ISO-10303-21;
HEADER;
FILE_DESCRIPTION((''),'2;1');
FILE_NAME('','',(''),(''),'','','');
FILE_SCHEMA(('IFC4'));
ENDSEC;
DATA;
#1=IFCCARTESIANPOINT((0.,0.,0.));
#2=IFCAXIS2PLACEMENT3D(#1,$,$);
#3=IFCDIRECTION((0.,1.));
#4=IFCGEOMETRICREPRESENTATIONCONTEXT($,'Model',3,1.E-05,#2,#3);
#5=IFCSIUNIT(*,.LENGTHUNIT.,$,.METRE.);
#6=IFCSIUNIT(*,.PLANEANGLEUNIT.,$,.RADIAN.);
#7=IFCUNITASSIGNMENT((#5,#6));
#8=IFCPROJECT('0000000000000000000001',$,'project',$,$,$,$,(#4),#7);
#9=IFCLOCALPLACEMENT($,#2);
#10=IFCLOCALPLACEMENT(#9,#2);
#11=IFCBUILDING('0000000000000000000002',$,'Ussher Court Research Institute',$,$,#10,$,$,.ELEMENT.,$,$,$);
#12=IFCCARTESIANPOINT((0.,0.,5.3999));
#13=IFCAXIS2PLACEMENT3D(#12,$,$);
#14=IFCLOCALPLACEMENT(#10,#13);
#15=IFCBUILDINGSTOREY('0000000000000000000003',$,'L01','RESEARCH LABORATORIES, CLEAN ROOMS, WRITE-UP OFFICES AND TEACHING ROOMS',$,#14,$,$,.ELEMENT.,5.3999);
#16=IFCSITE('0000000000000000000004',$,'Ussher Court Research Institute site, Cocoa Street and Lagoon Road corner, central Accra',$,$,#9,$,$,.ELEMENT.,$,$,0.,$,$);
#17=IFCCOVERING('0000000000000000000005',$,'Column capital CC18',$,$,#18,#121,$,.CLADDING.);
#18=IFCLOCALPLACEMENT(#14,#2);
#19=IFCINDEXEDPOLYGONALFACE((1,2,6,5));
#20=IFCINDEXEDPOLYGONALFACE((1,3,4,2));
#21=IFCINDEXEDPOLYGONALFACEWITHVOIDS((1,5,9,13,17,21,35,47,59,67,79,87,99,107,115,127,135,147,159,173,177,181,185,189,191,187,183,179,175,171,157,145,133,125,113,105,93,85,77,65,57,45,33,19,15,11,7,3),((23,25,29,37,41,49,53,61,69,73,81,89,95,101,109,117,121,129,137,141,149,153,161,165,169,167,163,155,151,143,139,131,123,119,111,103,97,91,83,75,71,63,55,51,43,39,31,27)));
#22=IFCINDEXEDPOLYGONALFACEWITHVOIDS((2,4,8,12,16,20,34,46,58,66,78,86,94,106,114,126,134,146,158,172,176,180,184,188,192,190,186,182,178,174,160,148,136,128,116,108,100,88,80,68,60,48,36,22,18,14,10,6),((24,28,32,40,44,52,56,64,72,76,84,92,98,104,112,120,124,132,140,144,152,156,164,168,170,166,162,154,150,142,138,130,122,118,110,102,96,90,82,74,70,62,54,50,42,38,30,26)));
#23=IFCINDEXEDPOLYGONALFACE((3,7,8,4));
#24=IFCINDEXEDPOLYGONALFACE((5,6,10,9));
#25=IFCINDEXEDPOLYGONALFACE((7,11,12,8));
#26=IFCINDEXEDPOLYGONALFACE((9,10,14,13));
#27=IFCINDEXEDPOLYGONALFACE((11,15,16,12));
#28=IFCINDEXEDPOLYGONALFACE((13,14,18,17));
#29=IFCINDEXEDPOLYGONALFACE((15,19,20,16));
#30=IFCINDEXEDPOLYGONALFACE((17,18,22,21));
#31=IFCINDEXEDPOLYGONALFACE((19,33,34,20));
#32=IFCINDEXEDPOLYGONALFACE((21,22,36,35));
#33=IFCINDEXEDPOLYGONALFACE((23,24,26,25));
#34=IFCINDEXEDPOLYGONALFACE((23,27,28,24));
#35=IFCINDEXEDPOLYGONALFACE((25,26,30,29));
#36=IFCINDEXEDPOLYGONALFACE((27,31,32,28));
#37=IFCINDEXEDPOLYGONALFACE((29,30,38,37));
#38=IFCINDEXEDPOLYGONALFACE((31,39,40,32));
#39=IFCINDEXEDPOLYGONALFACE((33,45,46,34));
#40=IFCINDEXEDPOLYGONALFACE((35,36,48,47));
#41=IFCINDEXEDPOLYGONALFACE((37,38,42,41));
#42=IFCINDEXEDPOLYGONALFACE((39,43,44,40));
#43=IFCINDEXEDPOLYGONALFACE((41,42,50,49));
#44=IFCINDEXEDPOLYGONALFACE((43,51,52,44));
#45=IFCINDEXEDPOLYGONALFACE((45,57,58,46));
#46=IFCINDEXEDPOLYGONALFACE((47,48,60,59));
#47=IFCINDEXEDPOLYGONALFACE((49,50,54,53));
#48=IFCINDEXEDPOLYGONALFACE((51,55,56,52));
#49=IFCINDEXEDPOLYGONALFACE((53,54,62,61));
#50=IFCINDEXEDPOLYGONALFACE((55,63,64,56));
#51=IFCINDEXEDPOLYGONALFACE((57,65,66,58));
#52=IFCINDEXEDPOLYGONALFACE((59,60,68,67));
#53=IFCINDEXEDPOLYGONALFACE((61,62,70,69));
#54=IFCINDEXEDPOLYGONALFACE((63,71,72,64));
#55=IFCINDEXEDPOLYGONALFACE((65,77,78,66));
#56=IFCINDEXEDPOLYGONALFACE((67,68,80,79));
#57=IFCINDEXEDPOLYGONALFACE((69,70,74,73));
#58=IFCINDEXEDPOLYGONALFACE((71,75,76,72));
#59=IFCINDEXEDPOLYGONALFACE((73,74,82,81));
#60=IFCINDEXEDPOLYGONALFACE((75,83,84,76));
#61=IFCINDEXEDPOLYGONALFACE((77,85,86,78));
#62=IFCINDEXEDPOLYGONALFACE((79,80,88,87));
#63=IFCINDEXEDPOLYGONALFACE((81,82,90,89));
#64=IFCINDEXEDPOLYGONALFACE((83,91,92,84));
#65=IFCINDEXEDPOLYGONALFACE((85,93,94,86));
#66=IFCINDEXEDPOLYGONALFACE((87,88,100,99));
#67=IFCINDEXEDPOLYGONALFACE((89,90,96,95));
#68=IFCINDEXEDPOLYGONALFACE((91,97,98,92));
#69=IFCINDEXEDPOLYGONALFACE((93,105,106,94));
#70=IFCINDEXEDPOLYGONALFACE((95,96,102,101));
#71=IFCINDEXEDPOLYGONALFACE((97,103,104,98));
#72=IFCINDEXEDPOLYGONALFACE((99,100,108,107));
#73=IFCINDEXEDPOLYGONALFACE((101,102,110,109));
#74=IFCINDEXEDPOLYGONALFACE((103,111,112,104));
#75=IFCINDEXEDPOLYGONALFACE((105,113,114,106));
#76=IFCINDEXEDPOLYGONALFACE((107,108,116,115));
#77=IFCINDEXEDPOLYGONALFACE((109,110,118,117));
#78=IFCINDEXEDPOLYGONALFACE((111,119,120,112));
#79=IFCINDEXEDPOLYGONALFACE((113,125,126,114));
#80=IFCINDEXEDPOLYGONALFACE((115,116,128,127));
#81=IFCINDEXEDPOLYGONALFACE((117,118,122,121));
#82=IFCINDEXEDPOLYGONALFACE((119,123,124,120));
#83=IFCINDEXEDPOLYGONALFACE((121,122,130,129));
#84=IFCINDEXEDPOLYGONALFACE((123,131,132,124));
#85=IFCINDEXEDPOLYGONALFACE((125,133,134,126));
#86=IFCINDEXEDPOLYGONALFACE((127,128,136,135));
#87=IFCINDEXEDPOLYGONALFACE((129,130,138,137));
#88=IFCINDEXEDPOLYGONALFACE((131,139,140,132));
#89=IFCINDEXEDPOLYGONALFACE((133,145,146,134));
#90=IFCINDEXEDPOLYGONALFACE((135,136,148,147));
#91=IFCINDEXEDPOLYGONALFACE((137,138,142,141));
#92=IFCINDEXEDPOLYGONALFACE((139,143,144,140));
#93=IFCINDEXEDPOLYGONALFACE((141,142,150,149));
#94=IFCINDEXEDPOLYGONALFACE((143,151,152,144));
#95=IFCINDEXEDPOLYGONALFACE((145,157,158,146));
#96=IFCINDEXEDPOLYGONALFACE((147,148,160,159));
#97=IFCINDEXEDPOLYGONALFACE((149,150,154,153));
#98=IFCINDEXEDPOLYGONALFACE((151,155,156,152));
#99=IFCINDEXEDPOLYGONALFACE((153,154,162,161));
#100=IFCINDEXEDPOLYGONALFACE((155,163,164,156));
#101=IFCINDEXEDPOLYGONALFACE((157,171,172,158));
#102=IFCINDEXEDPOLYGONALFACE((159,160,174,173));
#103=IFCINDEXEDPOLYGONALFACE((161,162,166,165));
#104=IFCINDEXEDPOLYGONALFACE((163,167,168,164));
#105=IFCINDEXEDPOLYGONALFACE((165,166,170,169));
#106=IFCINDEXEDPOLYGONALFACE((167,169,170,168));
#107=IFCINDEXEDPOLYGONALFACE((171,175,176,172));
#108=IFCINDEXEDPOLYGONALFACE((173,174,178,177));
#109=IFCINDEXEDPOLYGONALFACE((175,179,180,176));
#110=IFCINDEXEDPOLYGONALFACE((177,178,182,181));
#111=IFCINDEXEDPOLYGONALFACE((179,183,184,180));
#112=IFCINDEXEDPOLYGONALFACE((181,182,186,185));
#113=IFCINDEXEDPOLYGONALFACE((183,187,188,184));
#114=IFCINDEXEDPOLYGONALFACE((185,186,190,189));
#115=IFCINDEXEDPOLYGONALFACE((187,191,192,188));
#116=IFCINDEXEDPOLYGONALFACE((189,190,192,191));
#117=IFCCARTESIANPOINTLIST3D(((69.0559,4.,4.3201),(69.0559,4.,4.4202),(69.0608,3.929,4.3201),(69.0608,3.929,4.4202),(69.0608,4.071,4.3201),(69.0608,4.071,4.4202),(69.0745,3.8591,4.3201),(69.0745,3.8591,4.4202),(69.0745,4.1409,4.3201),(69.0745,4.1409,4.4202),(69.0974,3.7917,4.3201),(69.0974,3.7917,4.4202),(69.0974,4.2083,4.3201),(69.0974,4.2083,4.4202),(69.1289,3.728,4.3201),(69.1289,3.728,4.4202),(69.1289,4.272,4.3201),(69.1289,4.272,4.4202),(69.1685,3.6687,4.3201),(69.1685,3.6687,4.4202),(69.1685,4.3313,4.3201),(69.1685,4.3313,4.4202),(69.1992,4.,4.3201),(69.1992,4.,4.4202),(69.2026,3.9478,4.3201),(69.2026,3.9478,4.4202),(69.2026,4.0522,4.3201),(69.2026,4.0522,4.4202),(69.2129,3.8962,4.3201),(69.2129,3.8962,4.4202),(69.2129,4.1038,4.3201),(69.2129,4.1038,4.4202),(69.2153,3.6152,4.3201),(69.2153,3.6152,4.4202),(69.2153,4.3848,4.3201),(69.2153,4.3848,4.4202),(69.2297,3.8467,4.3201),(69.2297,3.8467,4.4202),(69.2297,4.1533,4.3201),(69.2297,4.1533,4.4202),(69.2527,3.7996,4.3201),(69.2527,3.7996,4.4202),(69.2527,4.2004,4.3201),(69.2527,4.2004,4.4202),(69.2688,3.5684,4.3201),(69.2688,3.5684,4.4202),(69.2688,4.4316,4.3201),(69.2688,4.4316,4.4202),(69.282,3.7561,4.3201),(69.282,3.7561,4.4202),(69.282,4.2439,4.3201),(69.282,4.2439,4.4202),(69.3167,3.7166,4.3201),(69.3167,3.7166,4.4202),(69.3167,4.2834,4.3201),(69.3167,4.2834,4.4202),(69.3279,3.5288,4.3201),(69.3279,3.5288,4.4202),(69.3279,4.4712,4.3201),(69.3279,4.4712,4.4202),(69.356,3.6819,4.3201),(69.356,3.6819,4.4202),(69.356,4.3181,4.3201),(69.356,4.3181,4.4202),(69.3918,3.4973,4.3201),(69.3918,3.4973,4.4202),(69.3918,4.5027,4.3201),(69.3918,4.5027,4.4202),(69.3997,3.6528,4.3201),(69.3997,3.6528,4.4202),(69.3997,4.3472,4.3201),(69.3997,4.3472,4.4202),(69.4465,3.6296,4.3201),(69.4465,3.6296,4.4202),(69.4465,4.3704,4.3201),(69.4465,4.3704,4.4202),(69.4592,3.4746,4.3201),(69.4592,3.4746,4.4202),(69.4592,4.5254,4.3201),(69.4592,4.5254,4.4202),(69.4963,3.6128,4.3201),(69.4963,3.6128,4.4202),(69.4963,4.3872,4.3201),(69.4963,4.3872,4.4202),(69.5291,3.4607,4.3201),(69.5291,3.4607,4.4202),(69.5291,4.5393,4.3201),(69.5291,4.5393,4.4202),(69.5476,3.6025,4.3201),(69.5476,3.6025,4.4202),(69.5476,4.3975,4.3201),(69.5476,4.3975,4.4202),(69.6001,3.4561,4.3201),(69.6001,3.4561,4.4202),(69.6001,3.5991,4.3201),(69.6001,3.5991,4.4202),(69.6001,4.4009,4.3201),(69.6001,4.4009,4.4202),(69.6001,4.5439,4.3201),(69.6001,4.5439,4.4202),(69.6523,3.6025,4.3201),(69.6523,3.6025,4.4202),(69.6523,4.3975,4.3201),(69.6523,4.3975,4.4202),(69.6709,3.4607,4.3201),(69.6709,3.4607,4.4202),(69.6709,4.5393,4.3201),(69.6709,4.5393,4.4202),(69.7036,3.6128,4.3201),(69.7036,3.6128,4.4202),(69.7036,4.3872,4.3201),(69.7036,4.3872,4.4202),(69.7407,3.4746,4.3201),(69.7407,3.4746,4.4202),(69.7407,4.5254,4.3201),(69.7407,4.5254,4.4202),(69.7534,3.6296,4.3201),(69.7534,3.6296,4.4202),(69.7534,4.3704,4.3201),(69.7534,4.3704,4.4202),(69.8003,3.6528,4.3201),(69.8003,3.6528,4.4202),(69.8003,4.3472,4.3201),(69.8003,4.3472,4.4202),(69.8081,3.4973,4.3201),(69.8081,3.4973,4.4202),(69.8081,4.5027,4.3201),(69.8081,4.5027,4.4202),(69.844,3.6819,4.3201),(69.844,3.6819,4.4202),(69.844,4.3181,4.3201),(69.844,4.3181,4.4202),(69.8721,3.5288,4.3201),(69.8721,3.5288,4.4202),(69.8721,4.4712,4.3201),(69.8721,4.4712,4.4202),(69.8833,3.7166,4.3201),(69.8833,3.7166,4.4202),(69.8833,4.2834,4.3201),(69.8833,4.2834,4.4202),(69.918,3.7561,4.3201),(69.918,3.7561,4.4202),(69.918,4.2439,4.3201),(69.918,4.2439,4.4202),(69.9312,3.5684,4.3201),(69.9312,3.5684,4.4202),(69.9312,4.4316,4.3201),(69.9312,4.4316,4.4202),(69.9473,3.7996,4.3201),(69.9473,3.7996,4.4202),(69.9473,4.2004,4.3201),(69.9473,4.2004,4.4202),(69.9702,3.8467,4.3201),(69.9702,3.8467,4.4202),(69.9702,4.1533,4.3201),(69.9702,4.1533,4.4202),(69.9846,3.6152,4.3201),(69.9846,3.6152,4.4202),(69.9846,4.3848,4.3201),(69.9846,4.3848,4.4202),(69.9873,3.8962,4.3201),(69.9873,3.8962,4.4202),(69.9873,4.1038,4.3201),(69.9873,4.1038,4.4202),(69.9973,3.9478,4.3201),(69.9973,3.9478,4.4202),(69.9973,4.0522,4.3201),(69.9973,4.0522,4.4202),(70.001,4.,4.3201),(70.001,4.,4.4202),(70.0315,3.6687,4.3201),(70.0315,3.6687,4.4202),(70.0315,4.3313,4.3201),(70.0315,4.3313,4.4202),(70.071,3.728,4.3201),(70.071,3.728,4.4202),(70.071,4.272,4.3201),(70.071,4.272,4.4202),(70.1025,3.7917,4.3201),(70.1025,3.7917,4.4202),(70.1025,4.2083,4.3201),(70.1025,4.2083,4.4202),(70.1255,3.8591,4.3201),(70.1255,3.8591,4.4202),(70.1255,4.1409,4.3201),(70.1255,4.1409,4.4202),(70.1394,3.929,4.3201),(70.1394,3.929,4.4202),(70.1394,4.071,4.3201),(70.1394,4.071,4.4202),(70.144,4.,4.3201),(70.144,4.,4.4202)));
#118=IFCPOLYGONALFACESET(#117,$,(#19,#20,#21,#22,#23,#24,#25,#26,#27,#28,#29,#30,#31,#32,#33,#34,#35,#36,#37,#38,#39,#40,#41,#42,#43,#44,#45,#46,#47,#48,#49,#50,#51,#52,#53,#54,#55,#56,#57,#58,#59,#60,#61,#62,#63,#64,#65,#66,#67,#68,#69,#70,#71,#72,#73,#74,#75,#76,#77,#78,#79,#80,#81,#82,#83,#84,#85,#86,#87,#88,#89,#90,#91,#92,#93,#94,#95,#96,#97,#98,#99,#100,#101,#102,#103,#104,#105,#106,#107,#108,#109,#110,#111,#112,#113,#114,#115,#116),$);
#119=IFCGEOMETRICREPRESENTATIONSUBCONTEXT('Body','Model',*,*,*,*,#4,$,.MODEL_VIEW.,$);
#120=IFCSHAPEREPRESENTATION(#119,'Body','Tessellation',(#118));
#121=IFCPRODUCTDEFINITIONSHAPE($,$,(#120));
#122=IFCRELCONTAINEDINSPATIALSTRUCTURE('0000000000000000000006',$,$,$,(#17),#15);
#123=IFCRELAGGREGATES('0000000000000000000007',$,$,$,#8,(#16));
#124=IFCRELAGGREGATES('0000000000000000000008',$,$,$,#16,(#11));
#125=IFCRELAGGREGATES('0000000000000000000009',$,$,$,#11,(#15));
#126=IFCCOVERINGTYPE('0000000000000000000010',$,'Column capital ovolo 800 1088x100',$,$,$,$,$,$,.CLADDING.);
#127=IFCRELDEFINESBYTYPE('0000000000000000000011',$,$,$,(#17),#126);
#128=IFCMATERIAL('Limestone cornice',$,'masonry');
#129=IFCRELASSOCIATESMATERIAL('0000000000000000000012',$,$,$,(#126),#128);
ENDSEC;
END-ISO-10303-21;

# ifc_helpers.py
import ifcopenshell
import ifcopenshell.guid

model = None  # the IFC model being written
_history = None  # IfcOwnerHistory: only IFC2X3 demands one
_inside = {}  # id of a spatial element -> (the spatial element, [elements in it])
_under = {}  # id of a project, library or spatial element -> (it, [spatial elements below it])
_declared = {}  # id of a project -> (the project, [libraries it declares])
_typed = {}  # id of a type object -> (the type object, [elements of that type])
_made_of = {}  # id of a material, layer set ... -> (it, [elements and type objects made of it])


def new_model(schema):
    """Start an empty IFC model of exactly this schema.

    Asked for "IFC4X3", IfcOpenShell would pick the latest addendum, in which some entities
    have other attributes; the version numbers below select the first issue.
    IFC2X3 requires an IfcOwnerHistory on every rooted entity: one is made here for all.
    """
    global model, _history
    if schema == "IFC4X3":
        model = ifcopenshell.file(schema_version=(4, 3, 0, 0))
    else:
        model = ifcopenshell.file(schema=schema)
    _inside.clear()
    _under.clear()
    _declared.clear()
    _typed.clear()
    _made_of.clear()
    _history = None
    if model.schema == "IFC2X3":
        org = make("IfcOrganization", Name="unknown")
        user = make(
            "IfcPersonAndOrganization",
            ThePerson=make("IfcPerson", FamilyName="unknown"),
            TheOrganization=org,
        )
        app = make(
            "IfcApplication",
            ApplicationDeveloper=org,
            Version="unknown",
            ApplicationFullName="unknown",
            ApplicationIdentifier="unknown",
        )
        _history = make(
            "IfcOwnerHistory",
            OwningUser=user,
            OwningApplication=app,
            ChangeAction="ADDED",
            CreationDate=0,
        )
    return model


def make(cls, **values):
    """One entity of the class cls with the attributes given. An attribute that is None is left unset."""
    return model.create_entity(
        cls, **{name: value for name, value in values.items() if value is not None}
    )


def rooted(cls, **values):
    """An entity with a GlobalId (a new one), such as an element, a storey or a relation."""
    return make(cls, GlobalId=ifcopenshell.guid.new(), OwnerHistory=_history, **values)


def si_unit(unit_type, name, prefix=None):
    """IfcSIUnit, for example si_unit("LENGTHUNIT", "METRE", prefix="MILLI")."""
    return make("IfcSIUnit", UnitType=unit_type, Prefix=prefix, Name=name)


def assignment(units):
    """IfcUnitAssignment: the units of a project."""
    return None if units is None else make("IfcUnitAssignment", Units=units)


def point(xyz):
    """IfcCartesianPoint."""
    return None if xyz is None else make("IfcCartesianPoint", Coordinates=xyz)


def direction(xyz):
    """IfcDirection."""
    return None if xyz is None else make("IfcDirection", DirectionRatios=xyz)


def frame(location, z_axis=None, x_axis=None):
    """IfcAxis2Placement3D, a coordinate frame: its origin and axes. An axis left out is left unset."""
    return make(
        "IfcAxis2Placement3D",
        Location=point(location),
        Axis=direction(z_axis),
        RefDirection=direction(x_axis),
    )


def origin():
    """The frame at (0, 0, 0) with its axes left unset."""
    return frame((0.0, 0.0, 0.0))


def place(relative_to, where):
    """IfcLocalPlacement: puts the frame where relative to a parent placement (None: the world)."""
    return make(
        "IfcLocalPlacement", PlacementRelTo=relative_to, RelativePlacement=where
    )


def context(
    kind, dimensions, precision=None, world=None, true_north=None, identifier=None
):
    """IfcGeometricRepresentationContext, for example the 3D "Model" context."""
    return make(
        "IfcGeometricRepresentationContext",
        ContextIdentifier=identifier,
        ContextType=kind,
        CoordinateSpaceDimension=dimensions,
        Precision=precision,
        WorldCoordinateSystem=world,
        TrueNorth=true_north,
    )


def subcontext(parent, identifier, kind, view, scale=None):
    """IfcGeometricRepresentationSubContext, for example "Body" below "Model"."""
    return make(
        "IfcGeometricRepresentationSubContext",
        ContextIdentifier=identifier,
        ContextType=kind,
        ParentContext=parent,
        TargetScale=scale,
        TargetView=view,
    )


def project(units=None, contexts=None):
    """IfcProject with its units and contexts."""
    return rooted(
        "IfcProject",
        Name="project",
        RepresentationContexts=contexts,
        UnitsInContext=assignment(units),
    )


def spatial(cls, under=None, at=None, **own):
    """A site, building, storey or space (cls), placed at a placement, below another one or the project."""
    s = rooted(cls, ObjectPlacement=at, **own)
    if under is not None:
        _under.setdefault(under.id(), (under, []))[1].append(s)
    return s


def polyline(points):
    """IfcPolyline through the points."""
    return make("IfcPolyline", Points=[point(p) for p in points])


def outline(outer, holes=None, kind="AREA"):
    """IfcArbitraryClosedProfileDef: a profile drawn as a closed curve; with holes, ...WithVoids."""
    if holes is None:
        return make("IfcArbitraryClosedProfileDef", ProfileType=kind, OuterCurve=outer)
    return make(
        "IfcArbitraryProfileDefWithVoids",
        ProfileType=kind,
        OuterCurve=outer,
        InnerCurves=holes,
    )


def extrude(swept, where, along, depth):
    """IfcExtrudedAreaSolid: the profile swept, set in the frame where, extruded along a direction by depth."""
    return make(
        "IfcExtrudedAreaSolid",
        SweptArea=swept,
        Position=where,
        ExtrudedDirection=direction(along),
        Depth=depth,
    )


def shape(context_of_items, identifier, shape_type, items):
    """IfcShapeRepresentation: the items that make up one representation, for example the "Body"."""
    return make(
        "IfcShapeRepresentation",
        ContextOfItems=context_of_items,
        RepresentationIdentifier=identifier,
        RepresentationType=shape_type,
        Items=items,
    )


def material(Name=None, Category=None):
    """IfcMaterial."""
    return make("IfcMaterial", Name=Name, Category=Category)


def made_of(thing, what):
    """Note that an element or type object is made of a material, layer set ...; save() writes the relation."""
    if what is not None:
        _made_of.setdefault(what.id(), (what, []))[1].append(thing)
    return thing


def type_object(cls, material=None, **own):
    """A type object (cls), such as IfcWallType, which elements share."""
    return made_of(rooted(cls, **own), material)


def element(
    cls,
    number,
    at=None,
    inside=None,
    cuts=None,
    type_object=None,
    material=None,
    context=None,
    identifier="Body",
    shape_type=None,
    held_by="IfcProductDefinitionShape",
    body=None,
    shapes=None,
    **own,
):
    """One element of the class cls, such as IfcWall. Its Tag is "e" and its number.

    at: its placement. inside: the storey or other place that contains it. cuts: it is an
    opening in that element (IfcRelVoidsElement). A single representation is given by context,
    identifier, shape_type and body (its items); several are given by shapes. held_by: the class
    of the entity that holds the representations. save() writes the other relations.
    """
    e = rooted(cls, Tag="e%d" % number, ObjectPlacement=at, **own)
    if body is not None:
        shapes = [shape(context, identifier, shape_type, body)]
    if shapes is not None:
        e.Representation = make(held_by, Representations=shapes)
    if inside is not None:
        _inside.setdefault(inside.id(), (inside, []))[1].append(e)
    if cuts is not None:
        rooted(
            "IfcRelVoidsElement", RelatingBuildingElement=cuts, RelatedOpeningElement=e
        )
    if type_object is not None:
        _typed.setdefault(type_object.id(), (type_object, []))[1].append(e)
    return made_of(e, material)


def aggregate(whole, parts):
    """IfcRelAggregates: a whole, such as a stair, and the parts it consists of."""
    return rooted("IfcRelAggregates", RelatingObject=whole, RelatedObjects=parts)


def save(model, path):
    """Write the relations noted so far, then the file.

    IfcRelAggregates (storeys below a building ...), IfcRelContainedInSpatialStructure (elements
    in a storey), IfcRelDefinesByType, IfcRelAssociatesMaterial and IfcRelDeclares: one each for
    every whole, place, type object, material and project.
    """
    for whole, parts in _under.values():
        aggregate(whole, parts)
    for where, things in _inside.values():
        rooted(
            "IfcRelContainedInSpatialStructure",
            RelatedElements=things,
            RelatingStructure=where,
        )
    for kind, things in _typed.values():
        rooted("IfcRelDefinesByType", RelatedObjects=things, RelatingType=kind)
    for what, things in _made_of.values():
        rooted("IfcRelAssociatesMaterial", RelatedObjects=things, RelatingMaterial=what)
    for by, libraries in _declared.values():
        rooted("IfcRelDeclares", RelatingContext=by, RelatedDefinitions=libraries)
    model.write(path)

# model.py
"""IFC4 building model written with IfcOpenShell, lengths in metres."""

from ifc_helpers import new_model, si_unit, direction, frame, origin, place, context, subcontext, project, spatial, polyline, outline, extrude, material, type_object, element, save


model = new_model("IFC4")

# Units and contexts
model_context = context("Model", 3, precision=1e-05, world=origin(), true_north=direction((0.0, 1.0)))
body_context = subcontext(model_context, "Body", "Model", "MODEL_VIEW")
ifc_project = project(units=[si_unit("LENGTHUNIT", "METRE"), si_unit("PLANEANGLEUNIT", "RADIAN")], contexts=[model_context])

# Site, building, storey
site_placement = place(None, origin())
site = spatial("IfcSite", under=ifc_project, at=site_placement, Name="Ussher Court Research Institute site, Cocoa Street and Lagoon Road corner, central Accra", CompositionType="ELEMENT", RefElevation=0.0)
building_placement = place(site_placement, origin())
building = spatial("IfcBuilding", under=site, at=building_placement, Name="Ussher Court Research Institute", CompositionType="ELEMENT")
storey_placement = place(building_placement, frame((0.0, 0.0, 5.3999)))
storey = spatial("IfcBuildingStorey", under=building, at=storey_placement, Name="L01", Description="RESEARCH LABORATORIES, CLEAN ROOMS, WRITE-UP OFFICES AND TEACHING ROOMS", CompositionType="ELEMENT", Elevation=5.3999)

# Covering
ifc_material_1 = material(Name="Limestone cornice", Category="masonry")
covering_type_1 = type_object("IfcCoveringType", Name="Column capital ovolo 800 1088x100", PredefinedType="CLADDING", material=ifc_material_1)
covering_1_placement = place(storey_placement, frame((0.0, 0.0, 4.3201)))
element("IfcCovering", 1, at=covering_1_placement, inside=storey, type_object=covering_type_1, Name="Column capital CC18", PredefinedType="CLADDING", context=body_context, shape_type="SweptSolid", body=[
    extrude(outline(polyline([(70.144, 4.0), (70.1394, 4.071), (70.1255, 4.1409), (70.1025, 4.2083), (70.071, 4.272), (70.0315, 4.3313), (69.9846, 4.3848), (69.9312, 4.4316), (69.8721, 4.4712), (69.8081, 4.5027), (69.7407, 4.5254), (69.6709, 4.5393), (69.6001, 4.5439), (69.5291, 4.5393), (69.4592, 4.5254), (69.3918, 4.5027), (69.3279, 4.4712), (69.2688, 4.4316), (69.2153, 4.3848), (69.1685, 4.3313), (69.1289, 4.272), (69.0974, 4.2083), (69.0745, 4.1409), (69.0608, 4.071), (69.0559, 4.0), (69.0608, 3.929), (69.0745, 3.8591), (69.0974, 3.7917), (69.1289, 3.728), (69.1685, 3.6687), (69.2153, 3.6152), (69.2688, 3.5684), (69.3279, 3.5288), (69.3918, 3.4973), (69.4592, 3.4746), (69.5291, 3.4607), (69.6001, 3.4561), (69.6709, 3.4607), (69.7407, 3.4746), (69.8081, 3.4973), (69.8721, 3.5288), (69.9312, 3.5684), (69.9846, 3.6152), (70.0315, 3.6687), (70.071, 3.728), (70.1025, 3.7917), (70.1255, 3.8591), (70.1394, 3.929), (70.144, 4.0)]), holes=[polyline([(70.001, 4.0), (69.9973, 4.0522), (69.9873, 4.1038), (69.9702, 4.1533), (69.9473, 4.2004), (69.918, 4.2439), (69.8833, 4.2834), (69.844, 4.3181), (69.8003, 4.3472), (69.7534, 4.3704), (69.7036, 4.3872), (69.6523, 4.3975), (69.6001, 4.4009), (69.5476, 4.3975), (69.4963, 4.3872), (69.4465, 4.3704), (69.3997, 4.3472), (69.356, 4.3181), (69.3167, 4.2834), (69.282, 4.2439), (69.2527, 4.2004), (69.2297, 4.1533), (69.2129, 4.1038), (69.2026, 4.0522), (69.1992, 4.0), (69.2026, 3.9478), (69.2129, 3.8962), (69.2297, 3.8467), (69.2527, 3.7996), (69.282, 3.7561), (69.3167, 3.7166), (69.356, 3.6819), (69.3997, 3.6528), (69.4465, 3.6296), (69.4963, 3.6128), (69.5476, 3.6025), (69.6001, 3.5991), (69.6523, 3.6025), (69.7036, 3.6128), (69.7534, 3.6296), (69.8003, 3.6528), (69.844, 3.6819), (69.8833, 3.7166), (69.918, 3.7561), (69.9473, 3.7996), (69.9702, 3.8467), (69.9873, 3.8962), (69.9973, 3.9478), (70.001, 4.0)])]), origin(), (0.0, 0.0, 1.0), 0.1001),
])

save(model, "model.ifc")
